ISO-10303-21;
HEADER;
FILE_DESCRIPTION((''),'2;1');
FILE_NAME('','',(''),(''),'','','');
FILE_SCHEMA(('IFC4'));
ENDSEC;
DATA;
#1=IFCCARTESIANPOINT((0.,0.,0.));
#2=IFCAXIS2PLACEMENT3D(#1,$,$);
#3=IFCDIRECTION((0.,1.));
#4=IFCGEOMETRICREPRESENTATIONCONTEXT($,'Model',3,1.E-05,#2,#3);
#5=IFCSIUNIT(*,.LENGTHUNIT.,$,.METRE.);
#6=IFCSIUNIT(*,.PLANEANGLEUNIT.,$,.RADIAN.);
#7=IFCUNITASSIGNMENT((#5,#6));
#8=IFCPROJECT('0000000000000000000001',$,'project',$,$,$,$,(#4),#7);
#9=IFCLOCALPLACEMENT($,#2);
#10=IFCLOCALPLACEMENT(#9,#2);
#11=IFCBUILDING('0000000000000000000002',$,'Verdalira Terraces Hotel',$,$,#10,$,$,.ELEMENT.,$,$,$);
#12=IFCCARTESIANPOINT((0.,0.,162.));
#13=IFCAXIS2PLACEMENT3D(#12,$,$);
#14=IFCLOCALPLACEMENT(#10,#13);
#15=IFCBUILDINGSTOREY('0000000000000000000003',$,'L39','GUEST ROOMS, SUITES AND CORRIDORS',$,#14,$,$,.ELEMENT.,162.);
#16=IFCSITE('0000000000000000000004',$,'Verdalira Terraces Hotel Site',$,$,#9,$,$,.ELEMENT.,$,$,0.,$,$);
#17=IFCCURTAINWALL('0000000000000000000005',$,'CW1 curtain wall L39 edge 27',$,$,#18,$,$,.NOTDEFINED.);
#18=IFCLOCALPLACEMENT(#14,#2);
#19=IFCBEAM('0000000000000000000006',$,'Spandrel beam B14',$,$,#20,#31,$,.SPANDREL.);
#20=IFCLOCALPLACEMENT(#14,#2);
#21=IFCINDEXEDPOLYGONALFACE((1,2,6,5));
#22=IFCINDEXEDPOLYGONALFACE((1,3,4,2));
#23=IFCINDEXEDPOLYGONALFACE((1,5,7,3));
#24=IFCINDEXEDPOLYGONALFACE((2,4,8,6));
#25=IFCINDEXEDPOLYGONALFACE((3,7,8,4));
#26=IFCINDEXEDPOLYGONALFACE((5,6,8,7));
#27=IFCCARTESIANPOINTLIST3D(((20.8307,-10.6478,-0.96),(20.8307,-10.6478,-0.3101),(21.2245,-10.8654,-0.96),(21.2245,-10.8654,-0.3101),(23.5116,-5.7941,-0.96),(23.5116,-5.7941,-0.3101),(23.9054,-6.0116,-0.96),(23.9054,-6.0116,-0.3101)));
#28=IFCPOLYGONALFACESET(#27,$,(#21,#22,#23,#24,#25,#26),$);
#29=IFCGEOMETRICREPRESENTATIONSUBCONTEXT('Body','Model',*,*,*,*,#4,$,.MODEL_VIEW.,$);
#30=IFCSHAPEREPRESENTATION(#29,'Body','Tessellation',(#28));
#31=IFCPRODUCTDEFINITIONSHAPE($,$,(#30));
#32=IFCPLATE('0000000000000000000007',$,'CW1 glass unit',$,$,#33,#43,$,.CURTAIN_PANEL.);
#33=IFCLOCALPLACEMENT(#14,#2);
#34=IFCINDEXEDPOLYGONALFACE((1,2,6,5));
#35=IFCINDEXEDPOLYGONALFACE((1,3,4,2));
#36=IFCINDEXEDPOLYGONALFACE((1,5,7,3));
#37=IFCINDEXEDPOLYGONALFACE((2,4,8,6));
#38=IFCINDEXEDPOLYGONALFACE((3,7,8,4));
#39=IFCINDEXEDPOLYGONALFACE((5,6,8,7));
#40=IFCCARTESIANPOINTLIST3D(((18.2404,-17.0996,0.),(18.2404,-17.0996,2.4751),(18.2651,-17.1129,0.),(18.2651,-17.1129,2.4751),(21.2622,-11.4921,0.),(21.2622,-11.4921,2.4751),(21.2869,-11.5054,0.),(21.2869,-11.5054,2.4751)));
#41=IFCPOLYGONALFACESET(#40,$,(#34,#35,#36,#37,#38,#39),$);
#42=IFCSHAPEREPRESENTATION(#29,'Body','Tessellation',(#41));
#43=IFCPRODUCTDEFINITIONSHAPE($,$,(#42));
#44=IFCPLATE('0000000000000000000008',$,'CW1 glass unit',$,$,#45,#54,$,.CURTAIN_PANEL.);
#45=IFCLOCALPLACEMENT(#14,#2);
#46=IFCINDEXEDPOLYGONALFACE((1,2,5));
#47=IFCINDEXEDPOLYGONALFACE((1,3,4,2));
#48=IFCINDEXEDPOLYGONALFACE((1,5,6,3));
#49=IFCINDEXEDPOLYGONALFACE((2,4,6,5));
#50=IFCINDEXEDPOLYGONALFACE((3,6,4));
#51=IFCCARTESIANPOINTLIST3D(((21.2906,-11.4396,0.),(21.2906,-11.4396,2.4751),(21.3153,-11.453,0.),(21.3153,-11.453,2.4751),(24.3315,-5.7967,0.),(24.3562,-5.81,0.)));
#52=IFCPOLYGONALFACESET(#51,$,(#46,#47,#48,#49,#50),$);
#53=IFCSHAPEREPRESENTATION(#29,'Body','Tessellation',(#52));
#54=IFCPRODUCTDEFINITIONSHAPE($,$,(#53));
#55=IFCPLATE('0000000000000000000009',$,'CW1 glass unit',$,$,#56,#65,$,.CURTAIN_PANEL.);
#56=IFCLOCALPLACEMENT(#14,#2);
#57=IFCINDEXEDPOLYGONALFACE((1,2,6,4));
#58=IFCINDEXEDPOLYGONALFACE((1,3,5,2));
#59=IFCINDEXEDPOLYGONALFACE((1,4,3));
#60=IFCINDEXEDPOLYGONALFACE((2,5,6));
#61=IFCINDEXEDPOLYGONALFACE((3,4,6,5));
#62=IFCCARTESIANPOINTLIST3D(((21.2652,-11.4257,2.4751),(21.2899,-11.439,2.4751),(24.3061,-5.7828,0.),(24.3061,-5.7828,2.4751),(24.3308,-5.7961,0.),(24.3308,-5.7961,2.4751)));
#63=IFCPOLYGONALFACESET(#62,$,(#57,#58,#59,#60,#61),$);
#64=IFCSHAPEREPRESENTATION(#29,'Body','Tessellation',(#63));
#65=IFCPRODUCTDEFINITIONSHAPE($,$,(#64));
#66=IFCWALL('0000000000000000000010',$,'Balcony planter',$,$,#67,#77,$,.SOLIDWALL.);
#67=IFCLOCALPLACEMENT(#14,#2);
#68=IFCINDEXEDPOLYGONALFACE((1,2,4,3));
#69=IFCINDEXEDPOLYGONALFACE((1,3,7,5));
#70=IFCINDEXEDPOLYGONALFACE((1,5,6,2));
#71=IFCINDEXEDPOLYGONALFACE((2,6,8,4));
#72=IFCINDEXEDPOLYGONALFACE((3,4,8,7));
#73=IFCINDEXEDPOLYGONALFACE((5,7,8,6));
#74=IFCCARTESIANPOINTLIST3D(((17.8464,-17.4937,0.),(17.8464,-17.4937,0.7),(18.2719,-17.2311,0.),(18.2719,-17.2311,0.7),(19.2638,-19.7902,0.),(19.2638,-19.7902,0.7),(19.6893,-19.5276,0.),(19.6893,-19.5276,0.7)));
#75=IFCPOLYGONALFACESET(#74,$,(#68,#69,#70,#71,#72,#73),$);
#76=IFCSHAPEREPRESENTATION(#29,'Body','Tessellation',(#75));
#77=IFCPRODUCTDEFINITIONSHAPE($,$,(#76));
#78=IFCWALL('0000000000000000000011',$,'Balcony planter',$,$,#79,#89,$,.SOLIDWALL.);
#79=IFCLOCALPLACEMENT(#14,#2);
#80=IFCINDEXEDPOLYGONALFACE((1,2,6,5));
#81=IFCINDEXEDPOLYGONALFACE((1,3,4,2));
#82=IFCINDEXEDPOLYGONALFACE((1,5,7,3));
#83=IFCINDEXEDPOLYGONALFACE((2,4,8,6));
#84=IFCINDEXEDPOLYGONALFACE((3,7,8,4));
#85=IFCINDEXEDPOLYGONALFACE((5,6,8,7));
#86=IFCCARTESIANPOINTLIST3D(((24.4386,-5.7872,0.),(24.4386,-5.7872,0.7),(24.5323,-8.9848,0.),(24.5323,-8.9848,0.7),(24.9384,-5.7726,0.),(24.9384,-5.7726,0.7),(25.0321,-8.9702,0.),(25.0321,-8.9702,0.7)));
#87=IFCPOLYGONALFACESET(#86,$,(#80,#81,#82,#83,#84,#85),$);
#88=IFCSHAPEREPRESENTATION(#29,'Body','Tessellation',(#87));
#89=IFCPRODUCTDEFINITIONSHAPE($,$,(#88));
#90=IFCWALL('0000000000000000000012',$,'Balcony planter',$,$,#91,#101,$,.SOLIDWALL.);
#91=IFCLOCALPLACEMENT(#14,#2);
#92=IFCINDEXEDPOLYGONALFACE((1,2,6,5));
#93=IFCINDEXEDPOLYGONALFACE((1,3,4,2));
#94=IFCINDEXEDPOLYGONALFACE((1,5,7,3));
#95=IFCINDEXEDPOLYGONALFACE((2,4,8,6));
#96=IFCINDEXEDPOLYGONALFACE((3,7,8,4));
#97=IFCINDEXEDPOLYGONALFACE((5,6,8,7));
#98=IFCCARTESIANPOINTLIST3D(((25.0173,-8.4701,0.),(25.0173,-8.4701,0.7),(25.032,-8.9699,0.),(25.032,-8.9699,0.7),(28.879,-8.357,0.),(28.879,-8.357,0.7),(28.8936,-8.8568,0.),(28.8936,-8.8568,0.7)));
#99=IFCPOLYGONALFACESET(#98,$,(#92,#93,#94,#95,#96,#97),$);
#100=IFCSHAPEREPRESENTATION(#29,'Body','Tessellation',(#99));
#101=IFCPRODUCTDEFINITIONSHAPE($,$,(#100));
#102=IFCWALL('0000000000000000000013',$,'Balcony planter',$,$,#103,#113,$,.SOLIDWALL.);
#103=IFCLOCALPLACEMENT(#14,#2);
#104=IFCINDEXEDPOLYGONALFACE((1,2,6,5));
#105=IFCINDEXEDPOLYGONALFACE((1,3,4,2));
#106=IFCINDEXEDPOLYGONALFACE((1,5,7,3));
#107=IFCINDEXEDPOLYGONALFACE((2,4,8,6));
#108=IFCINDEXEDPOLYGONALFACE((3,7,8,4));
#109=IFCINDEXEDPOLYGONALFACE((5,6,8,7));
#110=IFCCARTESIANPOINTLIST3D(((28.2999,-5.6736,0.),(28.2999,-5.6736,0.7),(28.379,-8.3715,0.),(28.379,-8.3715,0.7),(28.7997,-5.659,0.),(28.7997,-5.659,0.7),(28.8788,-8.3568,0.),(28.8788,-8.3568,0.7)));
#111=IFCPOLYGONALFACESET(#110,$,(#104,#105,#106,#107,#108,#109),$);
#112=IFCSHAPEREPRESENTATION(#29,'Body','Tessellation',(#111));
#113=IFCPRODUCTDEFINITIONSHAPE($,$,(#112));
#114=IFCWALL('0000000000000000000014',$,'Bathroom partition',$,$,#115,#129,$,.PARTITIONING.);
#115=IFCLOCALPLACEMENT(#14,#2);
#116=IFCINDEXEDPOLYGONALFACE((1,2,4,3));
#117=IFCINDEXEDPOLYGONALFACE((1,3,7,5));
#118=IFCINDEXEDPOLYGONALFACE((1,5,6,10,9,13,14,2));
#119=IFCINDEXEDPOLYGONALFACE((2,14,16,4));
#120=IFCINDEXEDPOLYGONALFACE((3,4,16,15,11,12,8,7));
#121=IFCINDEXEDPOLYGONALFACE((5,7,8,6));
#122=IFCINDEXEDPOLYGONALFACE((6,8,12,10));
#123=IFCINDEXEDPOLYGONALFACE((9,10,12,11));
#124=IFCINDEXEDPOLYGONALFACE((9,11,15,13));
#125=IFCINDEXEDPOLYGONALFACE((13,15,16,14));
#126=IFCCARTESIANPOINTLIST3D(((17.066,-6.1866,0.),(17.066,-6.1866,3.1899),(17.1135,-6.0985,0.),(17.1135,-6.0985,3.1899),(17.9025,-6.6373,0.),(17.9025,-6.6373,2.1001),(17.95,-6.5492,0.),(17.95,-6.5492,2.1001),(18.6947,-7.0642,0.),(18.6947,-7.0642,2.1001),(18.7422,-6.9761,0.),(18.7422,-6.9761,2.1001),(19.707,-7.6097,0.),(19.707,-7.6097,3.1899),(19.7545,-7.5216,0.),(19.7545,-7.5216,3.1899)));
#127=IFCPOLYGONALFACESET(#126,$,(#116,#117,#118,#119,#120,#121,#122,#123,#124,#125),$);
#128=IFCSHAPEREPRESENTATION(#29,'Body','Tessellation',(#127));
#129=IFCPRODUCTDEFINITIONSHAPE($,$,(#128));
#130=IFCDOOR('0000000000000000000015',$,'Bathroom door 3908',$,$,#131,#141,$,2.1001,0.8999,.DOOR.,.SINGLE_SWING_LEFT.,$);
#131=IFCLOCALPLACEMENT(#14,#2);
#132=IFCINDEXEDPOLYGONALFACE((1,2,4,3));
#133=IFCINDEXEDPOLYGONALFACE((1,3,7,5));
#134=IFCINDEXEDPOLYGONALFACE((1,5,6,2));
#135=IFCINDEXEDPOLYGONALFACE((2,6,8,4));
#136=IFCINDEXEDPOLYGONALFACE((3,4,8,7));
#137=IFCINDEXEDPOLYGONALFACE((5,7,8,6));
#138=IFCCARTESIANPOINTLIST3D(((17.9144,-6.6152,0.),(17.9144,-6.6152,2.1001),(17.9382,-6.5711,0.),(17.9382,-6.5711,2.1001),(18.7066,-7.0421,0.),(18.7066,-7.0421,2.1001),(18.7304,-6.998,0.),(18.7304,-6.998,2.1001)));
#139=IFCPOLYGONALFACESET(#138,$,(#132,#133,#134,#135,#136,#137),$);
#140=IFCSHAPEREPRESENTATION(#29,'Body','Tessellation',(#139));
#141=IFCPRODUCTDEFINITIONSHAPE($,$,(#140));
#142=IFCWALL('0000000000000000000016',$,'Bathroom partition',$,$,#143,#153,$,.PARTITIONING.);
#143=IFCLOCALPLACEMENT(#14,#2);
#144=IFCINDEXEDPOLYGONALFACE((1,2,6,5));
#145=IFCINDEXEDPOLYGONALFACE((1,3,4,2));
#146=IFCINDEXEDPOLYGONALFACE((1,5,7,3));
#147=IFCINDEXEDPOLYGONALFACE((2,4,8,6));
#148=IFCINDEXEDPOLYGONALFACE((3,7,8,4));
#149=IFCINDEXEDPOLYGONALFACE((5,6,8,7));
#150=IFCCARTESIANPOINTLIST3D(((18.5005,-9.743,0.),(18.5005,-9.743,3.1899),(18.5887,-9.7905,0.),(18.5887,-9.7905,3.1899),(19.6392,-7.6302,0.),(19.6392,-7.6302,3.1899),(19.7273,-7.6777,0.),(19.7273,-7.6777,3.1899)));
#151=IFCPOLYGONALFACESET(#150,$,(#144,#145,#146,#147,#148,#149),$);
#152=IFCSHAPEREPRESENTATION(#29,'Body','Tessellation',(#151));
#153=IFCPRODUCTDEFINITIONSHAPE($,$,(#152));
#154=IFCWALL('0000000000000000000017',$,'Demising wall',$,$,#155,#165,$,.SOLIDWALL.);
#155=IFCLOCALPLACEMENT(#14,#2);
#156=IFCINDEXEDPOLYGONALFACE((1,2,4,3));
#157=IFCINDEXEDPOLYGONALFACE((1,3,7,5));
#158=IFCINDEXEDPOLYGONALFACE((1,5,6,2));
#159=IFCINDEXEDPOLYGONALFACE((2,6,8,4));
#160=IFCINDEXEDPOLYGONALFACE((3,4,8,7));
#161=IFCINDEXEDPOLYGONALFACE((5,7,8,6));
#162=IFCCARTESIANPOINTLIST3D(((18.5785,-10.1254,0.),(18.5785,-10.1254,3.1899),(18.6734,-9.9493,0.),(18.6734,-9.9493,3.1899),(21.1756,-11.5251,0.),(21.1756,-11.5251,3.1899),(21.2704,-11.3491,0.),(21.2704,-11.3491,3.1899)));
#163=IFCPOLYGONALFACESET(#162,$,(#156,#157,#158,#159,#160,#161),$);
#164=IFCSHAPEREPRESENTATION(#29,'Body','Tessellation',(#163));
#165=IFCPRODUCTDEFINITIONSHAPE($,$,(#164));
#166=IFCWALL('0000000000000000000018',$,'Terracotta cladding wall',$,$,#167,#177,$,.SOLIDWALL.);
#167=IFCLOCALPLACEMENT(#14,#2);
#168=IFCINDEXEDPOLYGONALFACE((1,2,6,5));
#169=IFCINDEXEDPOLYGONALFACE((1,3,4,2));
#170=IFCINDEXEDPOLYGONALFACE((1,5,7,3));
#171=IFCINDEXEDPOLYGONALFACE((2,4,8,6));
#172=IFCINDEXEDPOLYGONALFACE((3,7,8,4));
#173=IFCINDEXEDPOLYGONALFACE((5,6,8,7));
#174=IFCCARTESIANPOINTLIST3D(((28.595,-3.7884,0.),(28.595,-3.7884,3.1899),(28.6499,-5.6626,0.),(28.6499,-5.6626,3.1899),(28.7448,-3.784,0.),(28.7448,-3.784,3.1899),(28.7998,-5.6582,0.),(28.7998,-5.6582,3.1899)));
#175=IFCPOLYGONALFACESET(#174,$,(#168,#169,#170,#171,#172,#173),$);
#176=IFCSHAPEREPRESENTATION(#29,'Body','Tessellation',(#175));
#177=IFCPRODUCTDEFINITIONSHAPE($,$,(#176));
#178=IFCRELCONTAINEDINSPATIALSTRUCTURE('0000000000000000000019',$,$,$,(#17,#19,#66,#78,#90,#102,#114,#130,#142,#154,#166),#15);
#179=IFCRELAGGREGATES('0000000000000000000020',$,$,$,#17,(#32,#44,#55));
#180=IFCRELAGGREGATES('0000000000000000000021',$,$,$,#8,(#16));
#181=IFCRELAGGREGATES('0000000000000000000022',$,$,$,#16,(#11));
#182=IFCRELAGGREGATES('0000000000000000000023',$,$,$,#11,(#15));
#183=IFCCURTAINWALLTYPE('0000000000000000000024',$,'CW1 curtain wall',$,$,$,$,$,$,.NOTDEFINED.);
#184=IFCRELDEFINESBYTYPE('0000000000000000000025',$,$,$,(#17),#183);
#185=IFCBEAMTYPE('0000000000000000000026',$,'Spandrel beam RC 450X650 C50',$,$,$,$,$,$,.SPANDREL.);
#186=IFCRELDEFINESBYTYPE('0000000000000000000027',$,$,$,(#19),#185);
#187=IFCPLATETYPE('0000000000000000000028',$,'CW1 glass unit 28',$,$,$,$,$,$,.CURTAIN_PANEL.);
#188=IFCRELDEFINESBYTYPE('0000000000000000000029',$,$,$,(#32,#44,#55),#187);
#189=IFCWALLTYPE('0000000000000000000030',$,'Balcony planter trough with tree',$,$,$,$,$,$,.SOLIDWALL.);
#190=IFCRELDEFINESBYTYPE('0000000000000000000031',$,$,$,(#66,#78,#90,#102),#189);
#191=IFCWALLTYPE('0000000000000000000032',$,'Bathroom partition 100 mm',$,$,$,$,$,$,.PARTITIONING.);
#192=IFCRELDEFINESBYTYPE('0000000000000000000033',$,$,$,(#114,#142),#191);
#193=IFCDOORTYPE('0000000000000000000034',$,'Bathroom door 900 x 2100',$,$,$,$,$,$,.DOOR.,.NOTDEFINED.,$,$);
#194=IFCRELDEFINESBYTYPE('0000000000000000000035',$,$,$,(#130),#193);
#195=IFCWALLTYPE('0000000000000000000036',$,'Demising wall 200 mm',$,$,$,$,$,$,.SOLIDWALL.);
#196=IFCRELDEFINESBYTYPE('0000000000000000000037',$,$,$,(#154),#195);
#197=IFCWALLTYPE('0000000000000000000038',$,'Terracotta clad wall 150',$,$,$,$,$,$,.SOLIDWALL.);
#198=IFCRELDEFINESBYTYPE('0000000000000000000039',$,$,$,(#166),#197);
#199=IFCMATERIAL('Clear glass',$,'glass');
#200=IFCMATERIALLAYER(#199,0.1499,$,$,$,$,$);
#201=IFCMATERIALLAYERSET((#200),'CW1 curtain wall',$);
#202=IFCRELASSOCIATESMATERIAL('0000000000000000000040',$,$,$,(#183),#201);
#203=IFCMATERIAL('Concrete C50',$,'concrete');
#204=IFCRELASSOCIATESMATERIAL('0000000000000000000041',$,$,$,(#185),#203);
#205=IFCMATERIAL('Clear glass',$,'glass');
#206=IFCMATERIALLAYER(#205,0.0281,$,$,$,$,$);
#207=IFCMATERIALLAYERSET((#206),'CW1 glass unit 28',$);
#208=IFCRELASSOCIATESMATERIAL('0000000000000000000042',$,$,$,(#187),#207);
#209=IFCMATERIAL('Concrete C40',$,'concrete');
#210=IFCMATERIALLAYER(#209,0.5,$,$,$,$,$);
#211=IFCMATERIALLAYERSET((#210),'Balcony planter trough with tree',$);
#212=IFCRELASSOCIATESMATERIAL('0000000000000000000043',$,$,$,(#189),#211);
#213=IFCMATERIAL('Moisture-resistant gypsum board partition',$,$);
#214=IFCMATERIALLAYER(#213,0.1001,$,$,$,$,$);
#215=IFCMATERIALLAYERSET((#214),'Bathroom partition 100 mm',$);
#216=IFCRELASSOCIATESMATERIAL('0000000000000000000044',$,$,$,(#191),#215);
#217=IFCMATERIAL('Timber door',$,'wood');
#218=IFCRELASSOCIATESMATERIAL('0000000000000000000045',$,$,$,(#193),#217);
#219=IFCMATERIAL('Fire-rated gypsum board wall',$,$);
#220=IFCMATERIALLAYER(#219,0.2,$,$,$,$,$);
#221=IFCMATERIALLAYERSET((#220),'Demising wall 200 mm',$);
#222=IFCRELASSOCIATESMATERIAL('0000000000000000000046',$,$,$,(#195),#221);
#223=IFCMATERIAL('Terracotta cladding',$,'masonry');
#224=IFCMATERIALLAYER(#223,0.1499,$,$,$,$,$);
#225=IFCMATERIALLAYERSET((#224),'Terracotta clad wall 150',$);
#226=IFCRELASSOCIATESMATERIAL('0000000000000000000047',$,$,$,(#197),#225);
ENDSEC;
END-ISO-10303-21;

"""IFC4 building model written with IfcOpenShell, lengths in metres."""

from ifc_helpers import new_model, si_unit, direction, frame, frame_2d, origin, origin_2d, place, context, subcontext, project, spatial, polyline, rectangle, outline, extrude, material, layer, layer_set, material_profile, profile_set, type_object, element, fill, aggregate, save


model = new_model("IFC4")

# Units and contexts
model_context = context("Model", 3, precision=1e-05, world=origin(), true_north=direction((0.0, 1.0)))
body_context = subcontext(model_context, "Body", "Model", "MODEL_VIEW")
ifc_project = project(units=[si_unit("LENGTHUNIT", "METRE"), si_unit("PLANEANGLEUNIT", "RADIAN")], contexts=[model_context])

# Site, building, storey
site_placement = place(None, origin())
site = spatial("IfcSite", under=ifc_project, at=site_placement, Name="Verdalira Terraces Hotel Site", CompositionType="ELEMENT", RefElevation=0.0)
building_placement = place(site_placement, origin())
building = spatial("IfcBuilding", under=site, at=building_placement, Name="Verdalira Terraces Hotel", CompositionType="ELEMENT")
storey_placement = place(building_placement, frame((0.0, 0.0, 162.0)))
storey = spatial("IfcBuildingStorey", under=building, at=storey_placement, Name="L39", Description="GUEST ROOMS, SUITES AND CORRIDORS", CompositionType="ELEMENT", Elevation=162.0)

# Shared definitions
ifc_material_1 = material(Name="Clear glass", Category="glass")
ifc_layer_1 = layer(ifc_material_1, 0.1499)
ifc_layer_set_1 = layer_set([ifc_layer_1], Name="CW1 curtain wall")
curtain_wall_type_1 = type_object("IfcCurtainWallType", Name="CW1 curtain wall", PredefinedType="NOTDEFINED", material=ifc_layer_set_1)

# Curtain wall
curtain_wall_1_placement = place(storey_placement, origin())
curtain_wall_1 = element("IfcCurtainWall", 1, at=curtain_wall_1_placement, inside=storey, type_object=curtain_wall_type_1, Name="CW1 curtain wall L39 edge 27", PredefinedType="NOTDEFINED")

# Beam
ifc_material_2 = material(Name="Concrete C50", Category="concrete")
ifc_material_profile_1 = material_profile(ifc_material_2, rectangle(XDim=0.45, YDim=0.6499, at=origin_2d()), Name="RC 450X650")
ifc_profile_set_1 = profile_set([ifc_material_profile_1], Name="Concrete C50")
beam_type_1 = type_object("IfcBeamType", Name="Spandrel beam RC 450X650 C50", PredefinedType="SPANDREL", material=ifc_profile_set_1)
beam_1_placement = place(storey_placement, frame((21.0276, -10.7566, -0.635), z_axis=(0.483488, 0.875351, 0.0), x_axis=(-0.875351, 0.483488, 0.0)))
element("IfcBeam", 2, at=beam_1_placement, inside=storey, type_object=beam_type_1, Name="Spandrel beam B14", PredefinedType="SPANDREL", context=body_context, shape_type="SweptSolid", body=[
    extrude(rectangle(XDim=0.45, YDim=0.6499, at=origin_2d()), origin(), (0.0, 0.0, 1.0), 5.5449),
])

# Plates
ifc_material_3 = material(Name="Clear glass", Category="glass")
ifc_layer_2 = layer(ifc_material_3, 0.0281)
ifc_layer_set_2 = layer_set([ifc_layer_2], Name="CW1 glass unit 28")
plate_type = type_object("IfcPlateType", Name="CW1 glass unit 28", PredefinedType="CURTAIN_PANEL", material=ifc_layer_set_2)
plate_1_placement = place(storey_placement, frame((19.7637, -14.3025, 0.0), z_axis=(0.0, 0.0, 1.0), x_axis=(0.474396, 0.880312, 0.0)))
plate_1 = element("IfcPlate", 3, at=plate_1_placement, type_object=plate_type, Name="CW1 glass unit", PredefinedType="CURTAIN_PANEL", context=body_context, shape_type="SweptSolid", body=[
    extrude(rectangle(XDim=6.3699, YDim=0.0281, at=origin_2d()), origin(), (0.0, 0.0, 1.0), 2.4751),
])
plate_2_placement = place(storey_placement, frame((22.811, -8.6182, 1.2375), z_axis=(0.880312, -0.474396, 0.0), x_axis=(0.474396, 0.880312, 0.0)))
plate_2 = element("IfcPlate", 4, at=plate_2_placement, type_object=plate_type, Name="CW1 glass unit", PredefinedType="CURTAIN_PANEL", context=body_context, shape_type="SweptSolid", body=[
    extrude(outline(polyline([(-3.2051, -1.2375), (3.2051, -1.2375), (-3.2051, 1.2375), (-3.2051, -1.2375)])), origin(), (0.0, 0.0, 1.0), 0.0281),
])
plate_3_placement = place(storey_placement, frame((22.7856, -8.6042, 1.2375), z_axis=(0.880312, -0.474396, 0.0), x_axis=(0.474396, 0.880312, 0.0)))
plate_3 = element("IfcPlate", 5, at=plate_3_placement, type_object=plate_type, Name="CW1 glass unit", PredefinedType="CURTAIN_PANEL", context=body_context, shape_type="SweptSolid", body=[
    extrude(outline(polyline([(3.2051, -1.2375), (3.2051, 1.2375), (-3.2051, 1.2375), (3.2051, -1.2375)])), origin(), (0.0, 0.0, 1.0), 0.0281),
])
aggregate(curtain_wall_1, [plate_1, plate_2, plate_3])

# Walls
ifc_material_4 = material(Name="Concrete C40", Category="concrete")
ifc_layer_3 = layer(ifc_material_4, 0.5)
ifc_layer_set_3 = layer_set([ifc_layer_3], Name="Balcony planter trough with tree")
wall_type_1 = type_object("IfcWallType", Name="Balcony planter trough with tree", PredefinedType="SOLIDWALL", material=ifc_layer_set_3)
wall_1_placement = place(storey_placement, frame((19.4766, -19.6589, 0.0), z_axis=(0.0, 0.0, 1.0), x_axis=(-0.525217, 0.850968, 0.0)))
element("IfcWall", 6, at=wall_1_placement, inside=storey, type_object=wall_type_1, Name="Balcony planter", PredefinedType="SOLIDWALL", context=body_context, shape_type="SweptSolid", body=[
    extrude(rectangle(XDim=2.6987, YDim=0.5, at=frame_2d((1.3494, 0.0))), origin(), (0.0, 0.0, 1.0), 0.7),
])
wall_2_placement = place(storey_placement, frame((24.6885, -5.7798, 0.0), z_axis=(0.0, 0.0, 1.0), x_axis=(0.029307, -0.99957, 0.0)))
element("IfcWall", 7, at=wall_2_placement, inside=storey, type_object=wall_type_1, Name="Balcony planter", PredefinedType="SOLIDWALL", context=body_context, shape_type="SweptSolid", body=[
    extrude(rectangle(XDim=3.199, YDim=0.5, at=frame_2d((1.5996, 0.0))), origin(), (0.0, 0.0, 1.0), 0.7),
])
wall_3_placement = place(storey_placement, frame((25.0247, -8.72, 0.0), z_axis=(0.0, 0.0, 1.0), x_axis=(0.999572, 0.02926, 0.0)))
element("IfcWall", 8, at=wall_3_placement, inside=storey, type_object=wall_type_1, Name="Balcony planter", PredefinedType="SOLIDWALL", context=body_context, shape_type="SweptSolid", body=[
    extrude(rectangle(XDim=3.8633, YDim=0.5, at=frame_2d((1.9316, 0.0))), origin(), (0.0, 0.0, 1.0), 0.7),
])
wall_4_placement = place(storey_placement, frame((28.6289, -8.3643, 0.0), z_axis=(0.0, 0.0, 1.0), x_axis=(-0.029309, 0.99957, 0.0)))
element("IfcWall", 9, at=wall_4_placement, inside=storey, type_object=wall_type_1, Name="Balcony planter", PredefinedType="SOLIDWALL", context=body_context, shape_type="SweptSolid", body=[
    extrude(rectangle(XDim=2.699, YDim=0.5, at=frame_2d((1.3496, 0.0))), origin(), (0.0, 0.0, 1.0), 0.7),
])

# Wall, opening, door
ifc_material_5 = material(Name="Moisture-resistant gypsum board partition")
ifc_layer_4 = layer(ifc_material_5, 0.1001)
ifc_layer_set_4 = layer_set([ifc_layer_4], Name="Bathroom partition 100 mm")
wall_type_2 = type_object("IfcWallType", Name="Bathroom partition 100 mm", PredefinedType="PARTITIONING", material=ifc_layer_set_4)
wall_5_placement = place(storey_placement, frame((19.7307, -7.5657, 0.0), z_axis=(0.0, 0.0, 1.0), x_axis=(-0.880319, 0.474381, 0.0)))
wall_5 = element("IfcWall", 10, at=wall_5_placement, inside=storey, type_object=wall_type_2, Name="Bathroom partition", PredefinedType="PARTITIONING", context=body_context, shape_type="SweptSolid", body=[
    extrude(rectangle(XDim=3.0, YDim=0.1001, at=frame_2d((1.5, 0.0))), origin(), (0.0, 0.0, 1.0), 3.1899),
])
opening_1_placement = place(wall_5_placement, frame((1.1499, 0.0, 0.0)))
opening_1 = element("IfcOpeningElement", 11, at=opening_1_placement, cuts=wall_5, PredefinedType="OPENING", context=body_context, shape_type="SweptSolid", body=[
    extrude(rectangle(XDim=0.8999, YDim=2.1001, at=frame_2d((0.45, 1.05))), frame((0.0, 0.0601, 0.0), z_axis=(0.0, -1.0, 0.0), x_axis=(1.0, 0.0, 0.0)), (0.0, 0.0, 1.0), 0.1201),
])
ifc_material_6 = material(Name="Timber door", Category="wood")
door_type_1 = type_object("IfcDoorType", Name="Bathroom door 900 x 2100", OperationType="NOTDEFINED", PredefinedType="DOOR", material=ifc_material_6)
door_1_placement = place(opening_1_placement, origin())
door_1 = element("IfcDoor", 12, at=door_1_placement, inside=storey, type_object=door_type_1, Name="Bathroom door 3908", OperationType="SINGLE_SWING_LEFT", OverallHeight=2.1001, OverallWidth=0.8999, PredefinedType="DOOR", context=body_context, shape_type="SweptSolid", body=[
    extrude(rectangle(XDim=0.8999, YDim=2.1001, at=frame_2d((0.45, 1.05))), frame((0.0, 0.0249, 0.0), z_axis=(0.0, -1.0, 0.0), x_axis=(1.0, 0.0, 0.0)), (0.0, 0.0, 1.0), 0.05),
])
fill(opening_1, door_1)

# Walls
wall_6_placement = place(storey_placement, frame((19.6834, -7.6538, 0.0), z_axis=(0.0, 0.0, 1.0), x_axis=(-0.474427, -0.880295, 0.0)))
element("IfcWall", 13, at=wall_6_placement, inside=storey, type_object=wall_type_2, Name="Bathroom partition", PredefinedType="PARTITIONING", context=body_context, shape_type="SweptSolid", body=[
    extrude(rectangle(XDim=2.4001, YDim=0.1001, at=frame_2d((1.2002, 0.0))), origin(), (0.0, 0.0, 1.0), 3.1899),
])
ifc_material_7 = material(Name="Fire-rated gypsum board wall")
ifc_layer_5 = layer(ifc_material_7, 0.2)
ifc_layer_set_5 = layer_set([ifc_layer_5], Name="Demising wall 200 mm")
wall_type_3 = type_object("IfcWallType", Name="Demising wall 200 mm", PredefinedType="SOLIDWALL", material=ifc_layer_set_5)
wall_7_placement = place(storey_placement, frame((18.626, -10.0374, 0.0), z_axis=(0.0, 0.0, 1.0), x_axis=(0.880285, -0.474445, 0.0)))
element("IfcWall", 14, at=wall_7_placement, inside=storey, type_object=wall_type_3, Name="Demising wall", PredefinedType="SOLIDWALL", context=body_context, shape_type="SweptSolid", body=[
    extrude(rectangle(XDim=2.9502, YDim=0.2, at=frame_2d((1.4751, 0.0))), origin(), (0.0, 0.0, 1.0), 3.1899),
])
ifc_material_8 = material(Name="Terracotta cladding", Category="masonry")
ifc_layer_6 = layer(ifc_material_8, 0.1499)
ifc_layer_set_6 = layer_set([ifc_layer_6], Name="Terracotta clad wall 150")
wall_type_4 = type_object("IfcWallType", Name="Terracotta clad wall 150", PredefinedType="SOLIDWALL", material=ifc_layer_set_6)
wall_8_placement = place(storey_placement, frame((28.7249, -5.6604, 0.0), z_axis=(0.0, 0.0, 1.0), x_axis=(-0.029296, 0.999571, 0.0)))
element("IfcWall", 15, at=wall_8_placement, inside=storey, type_object=wall_type_4, Name="Terracotta cladding wall", PredefinedType="SOLIDWALL", context=body_context, shape_type="SweptSolid", body=[
    extrude(rectangle(XDim=1.875, YDim=0.1499, at=frame_2d((0.9375, 0.0))), origin(), (0.0, 0.0, 1.0), 3.1899),
])

save(model, "model.ifc")
